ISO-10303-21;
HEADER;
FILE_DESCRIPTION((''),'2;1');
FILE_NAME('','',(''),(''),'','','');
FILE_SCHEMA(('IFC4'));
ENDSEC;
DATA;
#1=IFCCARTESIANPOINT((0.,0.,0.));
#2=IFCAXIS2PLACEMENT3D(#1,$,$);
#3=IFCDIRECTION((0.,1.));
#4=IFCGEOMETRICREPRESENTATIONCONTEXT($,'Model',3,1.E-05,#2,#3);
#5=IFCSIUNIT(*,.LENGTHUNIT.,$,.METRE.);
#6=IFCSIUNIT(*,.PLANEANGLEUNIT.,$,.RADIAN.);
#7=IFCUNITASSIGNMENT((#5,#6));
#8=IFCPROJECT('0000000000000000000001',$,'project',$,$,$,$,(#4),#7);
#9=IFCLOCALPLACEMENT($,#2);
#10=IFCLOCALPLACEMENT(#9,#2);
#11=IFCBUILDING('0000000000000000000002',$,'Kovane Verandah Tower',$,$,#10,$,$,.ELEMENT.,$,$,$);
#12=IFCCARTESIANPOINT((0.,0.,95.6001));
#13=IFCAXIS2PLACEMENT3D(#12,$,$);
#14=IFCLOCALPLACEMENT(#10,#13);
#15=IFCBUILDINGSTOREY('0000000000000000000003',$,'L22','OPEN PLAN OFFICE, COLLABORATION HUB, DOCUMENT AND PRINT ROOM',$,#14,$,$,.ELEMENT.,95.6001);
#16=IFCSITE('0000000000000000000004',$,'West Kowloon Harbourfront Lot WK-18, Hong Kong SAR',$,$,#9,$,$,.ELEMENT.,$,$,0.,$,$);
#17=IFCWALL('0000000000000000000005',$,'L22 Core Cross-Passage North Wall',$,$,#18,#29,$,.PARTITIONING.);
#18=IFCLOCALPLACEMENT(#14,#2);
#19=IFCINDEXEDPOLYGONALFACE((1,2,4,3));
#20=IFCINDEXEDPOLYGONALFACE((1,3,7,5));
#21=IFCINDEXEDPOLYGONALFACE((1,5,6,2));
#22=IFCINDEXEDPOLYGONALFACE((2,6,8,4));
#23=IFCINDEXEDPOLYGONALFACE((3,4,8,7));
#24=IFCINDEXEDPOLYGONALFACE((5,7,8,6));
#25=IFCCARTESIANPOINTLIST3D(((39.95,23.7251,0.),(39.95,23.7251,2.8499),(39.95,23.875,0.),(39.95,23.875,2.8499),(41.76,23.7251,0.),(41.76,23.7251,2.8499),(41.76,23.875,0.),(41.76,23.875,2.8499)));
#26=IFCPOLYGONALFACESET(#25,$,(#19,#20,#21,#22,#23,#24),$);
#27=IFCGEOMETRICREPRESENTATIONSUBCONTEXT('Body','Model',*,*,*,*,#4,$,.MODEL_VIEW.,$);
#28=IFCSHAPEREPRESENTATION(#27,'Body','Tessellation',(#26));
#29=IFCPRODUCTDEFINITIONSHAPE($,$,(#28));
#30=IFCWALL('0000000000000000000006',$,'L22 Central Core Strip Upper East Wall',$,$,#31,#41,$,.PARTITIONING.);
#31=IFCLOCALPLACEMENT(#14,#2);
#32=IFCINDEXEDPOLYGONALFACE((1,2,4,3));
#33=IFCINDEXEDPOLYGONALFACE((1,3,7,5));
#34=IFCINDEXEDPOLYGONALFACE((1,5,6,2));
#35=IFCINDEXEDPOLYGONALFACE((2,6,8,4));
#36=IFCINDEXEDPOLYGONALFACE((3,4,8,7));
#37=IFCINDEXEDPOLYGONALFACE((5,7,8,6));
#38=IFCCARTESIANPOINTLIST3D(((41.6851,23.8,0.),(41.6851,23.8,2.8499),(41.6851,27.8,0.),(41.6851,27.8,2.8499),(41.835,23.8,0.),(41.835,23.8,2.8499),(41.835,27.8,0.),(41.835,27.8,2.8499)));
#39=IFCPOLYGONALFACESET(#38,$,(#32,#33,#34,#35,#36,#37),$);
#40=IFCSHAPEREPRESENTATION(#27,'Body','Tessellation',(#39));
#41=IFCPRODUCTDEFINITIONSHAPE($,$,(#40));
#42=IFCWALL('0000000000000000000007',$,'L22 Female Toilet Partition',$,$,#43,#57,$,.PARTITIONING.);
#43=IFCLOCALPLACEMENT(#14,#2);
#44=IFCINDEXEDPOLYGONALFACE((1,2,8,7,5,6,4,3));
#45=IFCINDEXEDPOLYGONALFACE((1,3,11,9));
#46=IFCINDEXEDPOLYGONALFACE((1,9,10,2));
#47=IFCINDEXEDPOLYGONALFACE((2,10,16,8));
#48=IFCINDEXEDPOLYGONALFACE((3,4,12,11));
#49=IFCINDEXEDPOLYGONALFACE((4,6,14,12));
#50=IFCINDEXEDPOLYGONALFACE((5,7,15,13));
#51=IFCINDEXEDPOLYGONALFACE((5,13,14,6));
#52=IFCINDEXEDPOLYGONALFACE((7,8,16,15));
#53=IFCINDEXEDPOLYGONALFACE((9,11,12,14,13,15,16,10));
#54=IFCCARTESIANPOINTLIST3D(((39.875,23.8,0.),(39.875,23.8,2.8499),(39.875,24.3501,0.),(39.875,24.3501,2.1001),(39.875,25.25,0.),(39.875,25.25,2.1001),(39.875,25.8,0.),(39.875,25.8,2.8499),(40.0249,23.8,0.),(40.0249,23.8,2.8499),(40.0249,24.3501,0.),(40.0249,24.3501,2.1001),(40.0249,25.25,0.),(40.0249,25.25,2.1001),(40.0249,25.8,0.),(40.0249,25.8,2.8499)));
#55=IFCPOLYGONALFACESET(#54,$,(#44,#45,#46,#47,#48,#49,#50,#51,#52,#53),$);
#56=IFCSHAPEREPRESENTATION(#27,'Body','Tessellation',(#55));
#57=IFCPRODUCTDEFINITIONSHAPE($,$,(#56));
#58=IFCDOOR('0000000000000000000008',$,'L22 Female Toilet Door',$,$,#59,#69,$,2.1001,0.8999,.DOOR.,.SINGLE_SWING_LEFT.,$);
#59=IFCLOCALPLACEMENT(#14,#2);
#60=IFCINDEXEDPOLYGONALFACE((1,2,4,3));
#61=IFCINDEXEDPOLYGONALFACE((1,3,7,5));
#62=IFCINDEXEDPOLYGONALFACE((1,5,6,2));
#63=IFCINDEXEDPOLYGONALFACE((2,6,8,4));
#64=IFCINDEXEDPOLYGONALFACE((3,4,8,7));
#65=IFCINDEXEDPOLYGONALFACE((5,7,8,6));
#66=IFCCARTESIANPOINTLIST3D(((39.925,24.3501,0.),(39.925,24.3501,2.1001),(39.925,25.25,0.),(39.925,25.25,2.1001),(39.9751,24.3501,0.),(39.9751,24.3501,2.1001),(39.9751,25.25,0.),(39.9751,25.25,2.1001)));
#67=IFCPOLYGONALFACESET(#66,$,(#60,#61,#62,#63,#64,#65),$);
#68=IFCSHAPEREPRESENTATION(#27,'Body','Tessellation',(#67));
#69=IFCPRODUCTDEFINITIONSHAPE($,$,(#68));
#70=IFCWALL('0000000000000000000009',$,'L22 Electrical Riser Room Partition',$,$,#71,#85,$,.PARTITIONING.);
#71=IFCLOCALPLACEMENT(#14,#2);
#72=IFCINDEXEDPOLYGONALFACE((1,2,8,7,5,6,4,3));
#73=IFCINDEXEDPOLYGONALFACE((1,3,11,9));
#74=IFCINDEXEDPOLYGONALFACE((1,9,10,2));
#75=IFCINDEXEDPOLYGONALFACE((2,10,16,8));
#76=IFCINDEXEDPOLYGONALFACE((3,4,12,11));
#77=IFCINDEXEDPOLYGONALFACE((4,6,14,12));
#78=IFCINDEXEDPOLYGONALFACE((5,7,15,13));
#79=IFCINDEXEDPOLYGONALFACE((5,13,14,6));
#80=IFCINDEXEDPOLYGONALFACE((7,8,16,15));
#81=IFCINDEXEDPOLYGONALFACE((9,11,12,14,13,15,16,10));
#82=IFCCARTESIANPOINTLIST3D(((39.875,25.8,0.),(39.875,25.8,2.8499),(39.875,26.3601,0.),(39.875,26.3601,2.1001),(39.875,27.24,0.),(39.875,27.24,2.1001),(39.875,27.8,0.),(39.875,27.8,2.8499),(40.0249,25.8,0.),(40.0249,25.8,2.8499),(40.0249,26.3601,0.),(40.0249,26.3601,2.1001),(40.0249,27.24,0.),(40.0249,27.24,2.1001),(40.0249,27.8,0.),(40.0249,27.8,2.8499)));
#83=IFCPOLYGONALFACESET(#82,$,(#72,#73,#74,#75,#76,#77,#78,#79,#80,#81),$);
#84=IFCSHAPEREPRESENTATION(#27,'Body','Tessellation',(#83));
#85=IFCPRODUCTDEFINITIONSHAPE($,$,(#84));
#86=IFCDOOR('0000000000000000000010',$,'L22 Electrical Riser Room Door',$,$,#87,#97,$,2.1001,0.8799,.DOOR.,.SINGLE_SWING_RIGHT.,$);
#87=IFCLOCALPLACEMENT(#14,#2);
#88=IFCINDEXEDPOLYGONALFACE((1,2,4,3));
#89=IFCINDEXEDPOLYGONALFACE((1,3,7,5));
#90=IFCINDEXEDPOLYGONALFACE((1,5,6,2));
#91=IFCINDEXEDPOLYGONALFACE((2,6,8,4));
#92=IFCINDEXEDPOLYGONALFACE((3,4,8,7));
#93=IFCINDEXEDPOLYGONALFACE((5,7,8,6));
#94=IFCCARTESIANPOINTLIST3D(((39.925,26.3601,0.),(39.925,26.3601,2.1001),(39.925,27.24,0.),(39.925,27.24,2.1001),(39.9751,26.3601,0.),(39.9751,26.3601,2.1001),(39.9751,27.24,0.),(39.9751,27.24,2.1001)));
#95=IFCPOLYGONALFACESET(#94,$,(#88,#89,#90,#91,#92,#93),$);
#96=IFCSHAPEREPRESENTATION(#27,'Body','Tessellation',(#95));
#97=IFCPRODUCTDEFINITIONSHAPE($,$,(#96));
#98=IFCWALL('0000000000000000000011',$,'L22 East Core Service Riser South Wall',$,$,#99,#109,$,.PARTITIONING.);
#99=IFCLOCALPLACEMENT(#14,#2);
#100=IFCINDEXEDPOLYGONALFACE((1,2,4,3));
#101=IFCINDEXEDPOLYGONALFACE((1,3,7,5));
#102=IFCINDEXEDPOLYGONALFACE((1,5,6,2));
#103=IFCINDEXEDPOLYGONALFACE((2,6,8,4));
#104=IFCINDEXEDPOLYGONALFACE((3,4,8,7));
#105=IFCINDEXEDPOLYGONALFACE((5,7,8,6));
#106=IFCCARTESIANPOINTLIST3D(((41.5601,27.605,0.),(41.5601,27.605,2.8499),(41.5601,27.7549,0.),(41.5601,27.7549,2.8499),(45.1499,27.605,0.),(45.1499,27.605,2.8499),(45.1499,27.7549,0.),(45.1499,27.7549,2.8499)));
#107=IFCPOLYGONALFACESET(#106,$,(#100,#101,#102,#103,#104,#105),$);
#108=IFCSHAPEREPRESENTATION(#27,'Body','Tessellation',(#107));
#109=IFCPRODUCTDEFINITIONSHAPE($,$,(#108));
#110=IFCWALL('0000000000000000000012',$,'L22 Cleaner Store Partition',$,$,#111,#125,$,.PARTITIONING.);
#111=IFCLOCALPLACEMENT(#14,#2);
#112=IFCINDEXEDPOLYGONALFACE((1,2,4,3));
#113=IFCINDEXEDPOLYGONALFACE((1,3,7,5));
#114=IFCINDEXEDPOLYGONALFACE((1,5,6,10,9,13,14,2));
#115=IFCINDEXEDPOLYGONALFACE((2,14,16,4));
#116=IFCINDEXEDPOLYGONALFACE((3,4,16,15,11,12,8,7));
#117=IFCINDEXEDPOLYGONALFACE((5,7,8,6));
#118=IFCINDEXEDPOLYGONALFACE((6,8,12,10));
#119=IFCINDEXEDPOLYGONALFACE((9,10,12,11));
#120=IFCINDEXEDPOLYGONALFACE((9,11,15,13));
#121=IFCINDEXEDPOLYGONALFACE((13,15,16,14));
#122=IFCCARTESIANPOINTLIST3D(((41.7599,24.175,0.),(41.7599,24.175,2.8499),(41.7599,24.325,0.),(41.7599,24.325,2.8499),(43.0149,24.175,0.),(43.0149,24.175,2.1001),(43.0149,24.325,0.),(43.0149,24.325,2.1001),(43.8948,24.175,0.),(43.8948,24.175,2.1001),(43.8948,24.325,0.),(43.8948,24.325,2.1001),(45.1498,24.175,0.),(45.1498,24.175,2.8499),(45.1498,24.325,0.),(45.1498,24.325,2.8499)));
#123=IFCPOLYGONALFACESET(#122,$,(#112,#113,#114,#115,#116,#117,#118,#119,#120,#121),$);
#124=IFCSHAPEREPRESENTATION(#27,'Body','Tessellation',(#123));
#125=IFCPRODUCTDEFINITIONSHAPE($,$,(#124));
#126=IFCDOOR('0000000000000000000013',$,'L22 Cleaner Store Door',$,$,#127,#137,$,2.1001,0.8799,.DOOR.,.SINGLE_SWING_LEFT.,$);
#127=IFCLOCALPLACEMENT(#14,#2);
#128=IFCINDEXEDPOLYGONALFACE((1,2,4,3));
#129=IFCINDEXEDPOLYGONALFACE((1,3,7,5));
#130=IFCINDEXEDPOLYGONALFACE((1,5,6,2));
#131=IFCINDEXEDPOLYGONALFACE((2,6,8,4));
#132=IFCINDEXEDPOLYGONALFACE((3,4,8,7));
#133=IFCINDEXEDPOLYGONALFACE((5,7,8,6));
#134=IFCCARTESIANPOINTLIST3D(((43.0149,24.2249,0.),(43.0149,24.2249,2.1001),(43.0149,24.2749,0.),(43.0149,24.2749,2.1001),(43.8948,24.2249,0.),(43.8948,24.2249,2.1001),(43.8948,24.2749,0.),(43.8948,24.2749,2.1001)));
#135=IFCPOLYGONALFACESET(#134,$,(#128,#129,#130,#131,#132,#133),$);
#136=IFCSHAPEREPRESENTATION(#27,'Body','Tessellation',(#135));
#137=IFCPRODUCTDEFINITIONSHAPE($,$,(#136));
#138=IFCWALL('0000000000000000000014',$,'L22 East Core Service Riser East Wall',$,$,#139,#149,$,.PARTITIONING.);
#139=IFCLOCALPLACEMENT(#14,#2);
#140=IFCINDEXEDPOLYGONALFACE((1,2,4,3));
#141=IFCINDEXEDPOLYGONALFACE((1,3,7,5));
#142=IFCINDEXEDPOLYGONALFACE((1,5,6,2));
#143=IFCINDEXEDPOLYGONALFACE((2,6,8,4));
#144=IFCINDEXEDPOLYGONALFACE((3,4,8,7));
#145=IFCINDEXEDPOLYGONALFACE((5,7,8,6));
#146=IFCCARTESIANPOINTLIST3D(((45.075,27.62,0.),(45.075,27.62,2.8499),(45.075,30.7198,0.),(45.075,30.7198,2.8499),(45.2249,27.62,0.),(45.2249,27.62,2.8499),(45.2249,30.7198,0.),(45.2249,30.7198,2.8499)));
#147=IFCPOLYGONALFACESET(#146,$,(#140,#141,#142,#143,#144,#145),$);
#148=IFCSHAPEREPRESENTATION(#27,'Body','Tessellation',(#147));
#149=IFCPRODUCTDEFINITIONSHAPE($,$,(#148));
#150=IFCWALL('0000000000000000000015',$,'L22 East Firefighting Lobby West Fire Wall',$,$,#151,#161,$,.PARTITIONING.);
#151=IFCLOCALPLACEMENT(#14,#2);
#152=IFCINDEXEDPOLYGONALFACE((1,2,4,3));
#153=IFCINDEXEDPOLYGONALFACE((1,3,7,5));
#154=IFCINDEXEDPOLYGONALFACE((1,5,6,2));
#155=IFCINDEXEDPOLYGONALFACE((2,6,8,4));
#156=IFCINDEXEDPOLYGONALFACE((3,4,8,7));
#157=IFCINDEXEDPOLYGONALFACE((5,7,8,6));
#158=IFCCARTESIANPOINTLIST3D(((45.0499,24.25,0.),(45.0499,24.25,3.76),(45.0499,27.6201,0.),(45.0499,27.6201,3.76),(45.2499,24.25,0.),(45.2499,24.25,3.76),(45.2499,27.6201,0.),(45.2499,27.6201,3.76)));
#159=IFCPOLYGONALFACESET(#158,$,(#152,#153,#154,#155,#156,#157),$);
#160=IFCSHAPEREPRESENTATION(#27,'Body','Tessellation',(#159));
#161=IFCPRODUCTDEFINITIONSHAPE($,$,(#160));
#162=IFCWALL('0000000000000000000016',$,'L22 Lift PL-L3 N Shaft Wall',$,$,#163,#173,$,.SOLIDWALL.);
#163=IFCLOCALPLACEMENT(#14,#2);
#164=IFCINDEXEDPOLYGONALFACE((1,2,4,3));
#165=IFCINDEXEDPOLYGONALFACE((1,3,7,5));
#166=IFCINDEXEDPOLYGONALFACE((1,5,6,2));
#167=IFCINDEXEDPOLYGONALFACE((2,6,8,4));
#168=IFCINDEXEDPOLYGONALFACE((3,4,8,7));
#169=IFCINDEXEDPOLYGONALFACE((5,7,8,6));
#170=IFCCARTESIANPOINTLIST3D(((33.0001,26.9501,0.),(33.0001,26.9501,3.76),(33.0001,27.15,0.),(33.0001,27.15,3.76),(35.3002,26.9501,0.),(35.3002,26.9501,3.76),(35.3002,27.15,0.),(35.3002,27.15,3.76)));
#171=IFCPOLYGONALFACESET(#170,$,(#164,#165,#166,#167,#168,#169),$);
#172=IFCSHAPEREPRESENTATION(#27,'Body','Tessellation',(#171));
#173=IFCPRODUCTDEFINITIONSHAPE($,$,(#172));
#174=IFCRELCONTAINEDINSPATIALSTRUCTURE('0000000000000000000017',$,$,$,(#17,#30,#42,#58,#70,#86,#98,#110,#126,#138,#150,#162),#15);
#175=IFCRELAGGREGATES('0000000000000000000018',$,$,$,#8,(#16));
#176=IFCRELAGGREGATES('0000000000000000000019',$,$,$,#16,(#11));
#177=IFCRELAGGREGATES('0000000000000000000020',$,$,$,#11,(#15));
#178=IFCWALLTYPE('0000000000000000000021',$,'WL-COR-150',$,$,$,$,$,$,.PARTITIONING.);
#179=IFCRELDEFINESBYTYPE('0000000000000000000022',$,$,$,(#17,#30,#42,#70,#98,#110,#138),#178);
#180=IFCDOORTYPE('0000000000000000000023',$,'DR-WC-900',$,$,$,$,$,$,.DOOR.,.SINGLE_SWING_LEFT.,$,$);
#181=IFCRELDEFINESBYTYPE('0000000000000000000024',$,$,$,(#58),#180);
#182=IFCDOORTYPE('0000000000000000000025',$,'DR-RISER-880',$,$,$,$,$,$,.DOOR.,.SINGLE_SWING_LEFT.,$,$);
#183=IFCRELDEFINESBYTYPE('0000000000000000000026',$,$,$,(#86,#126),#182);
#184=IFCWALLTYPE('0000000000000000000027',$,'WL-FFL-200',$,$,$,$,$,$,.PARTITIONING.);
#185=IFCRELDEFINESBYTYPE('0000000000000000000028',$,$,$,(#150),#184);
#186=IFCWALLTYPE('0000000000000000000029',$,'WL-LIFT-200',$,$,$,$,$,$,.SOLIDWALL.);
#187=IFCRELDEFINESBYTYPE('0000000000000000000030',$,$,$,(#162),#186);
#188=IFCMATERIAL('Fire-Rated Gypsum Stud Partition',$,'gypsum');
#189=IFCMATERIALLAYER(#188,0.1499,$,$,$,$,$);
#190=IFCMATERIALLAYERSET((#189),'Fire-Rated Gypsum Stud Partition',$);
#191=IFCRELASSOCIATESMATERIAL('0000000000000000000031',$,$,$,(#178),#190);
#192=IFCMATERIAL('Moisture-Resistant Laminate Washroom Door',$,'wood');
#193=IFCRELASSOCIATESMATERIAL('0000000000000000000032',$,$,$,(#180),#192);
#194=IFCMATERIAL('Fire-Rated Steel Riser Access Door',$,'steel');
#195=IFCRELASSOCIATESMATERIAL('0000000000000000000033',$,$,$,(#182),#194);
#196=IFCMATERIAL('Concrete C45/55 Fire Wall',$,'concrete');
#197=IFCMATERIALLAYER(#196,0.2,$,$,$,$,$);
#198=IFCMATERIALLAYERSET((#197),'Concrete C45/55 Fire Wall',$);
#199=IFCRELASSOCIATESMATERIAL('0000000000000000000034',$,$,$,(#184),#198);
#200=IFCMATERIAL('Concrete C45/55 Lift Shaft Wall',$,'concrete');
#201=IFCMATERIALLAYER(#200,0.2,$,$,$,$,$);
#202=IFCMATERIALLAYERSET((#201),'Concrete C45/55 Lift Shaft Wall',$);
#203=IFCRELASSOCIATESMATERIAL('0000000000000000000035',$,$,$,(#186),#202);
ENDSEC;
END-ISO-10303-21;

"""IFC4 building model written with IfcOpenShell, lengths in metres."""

from ifc_helpers import new_model, si_unit, direction, frame, frame_2d, origin, place, context, subcontext, project, spatial, rectangle, extrude, material, layer, layer_set, type_object, element, fill, save


model = new_model("IFC4")

# Units and contexts
model_context = context("Model", 3, precision=1e-05, world=origin(), true_north=direction((0.0, 1.0)))
body_context = subcontext(model_context, "Body", "Model", "MODEL_VIEW")
ifc_project = project(units=[si_unit("LENGTHUNIT", "METRE"), si_unit("PLANEANGLEUNIT", "RADIAN")], contexts=[model_context])

# Site, building, storey
site_placement = place(None, origin())
site = spatial("IfcSite", under=ifc_project, at=site_placement, Name="West Kowloon Harbourfront Lot WK-18, Hong Kong SAR", CompositionType="ELEMENT", RefElevation=0.0)
building_placement = place(site_placement, origin())
building = spatial("IfcBuilding", under=site, at=building_placement, Name="Kovane Verandah Tower", CompositionType="ELEMENT")
storey_placement = place(building_placement, frame((0.0, 0.0, 95.6001)))
storey = spatial("IfcBuildingStorey", under=building, at=storey_placement, Name="L22", Description="OPEN PLAN OFFICE, COLLABORATION HUB, DOCUMENT AND PRINT ROOM", CompositionType="ELEMENT", Elevation=95.6001)

# Walls
ifc_material_1 = material(Name="Fire-Rated Gypsum Stud Partition", Category="gypsum")
ifc_layer_1 = layer(ifc_material_1, 0.1499)
ifc_layer_set_1 = layer_set([ifc_layer_1], Name="Fire-Rated Gypsum Stud Partition")
wall_type_1 = type_object("IfcWallType", Name="WL-COR-150", PredefinedType="PARTITIONING", material=ifc_layer_set_1)
wall_1_placement = place(storey_placement, frame((39.95, 23.8, 0.0), z_axis=(0.0, 0.0, 1.0), x_axis=(1.0, 0.0, 0.0)))
element("IfcWall", 1, at=wall_1_placement, inside=storey, type_object=wall_type_1, Name="L22 Core Cross-Passage North Wall", PredefinedType="PARTITIONING", context=body_context, shape_type="SweptSolid", body=[
    extrude(rectangle(XDim=1.8101, YDim=0.1499, at=frame_2d((0.905, 0.0))), origin(), (0.0, 0.0, 1.0), 2.8499),
])
wall_2_placement = place(storey_placement, frame((41.76, 23.8, 0.0), z_axis=(0.0, 0.0, 1.0), x_axis=(0.0, 1.0, 0.0)))
element("IfcWall", 2, at=wall_2_placement, inside=storey, type_object=wall_type_1, Name="L22 Central Core Strip Upper East Wall", PredefinedType="PARTITIONING", context=body_context, shape_type="SweptSolid", body=[
    extrude(rectangle(XDim=4.0, YDim=0.1499, at=frame_2d((2.0, 0.0))), origin(), (0.0, 0.0, 1.0), 2.8499),
])

# Walls, openings, doors
wall_3_placement = place(storey_placement, frame((39.95, 23.8, 0.0), z_axis=(0.0, 0.0, 1.0), x_axis=(0.0, 1.0, 0.0)))
wall_3 = element("IfcWall", 3, at=wall_3_placement, inside=storey, type_object=wall_type_1, Name="L22 Female Toilet Partition", PredefinedType="PARTITIONING", context=body_context, shape_type="SweptSolid", body=[
    extrude(rectangle(XDim=2.0, YDim=0.1499, at=frame_2d((1.0, 0.0))), origin(), (0.0, 0.0, 1.0), 2.8499),
])
opening_1_placement = place(wall_3_placement, frame((0.55, 0.0, 0.0)))
opening_1 = element("IfcOpeningElement", 4, at=opening_1_placement, cuts=wall_3, PredefinedType="OPENING", context=body_context, shape_type="SweptSolid", body=[
    extrude(rectangle(XDim=0.8999, YDim=2.1001, at=frame_2d((0.45, 1.05))), frame((0.0, 0.075, 0.0), z_axis=(0.0, -1.0, 0.0), x_axis=(1.0, 0.0, 0.0)), (0.0, 0.0, 1.0), 0.1499),
])
ifc_material_2 = material(Name="Moisture-Resistant Laminate Washroom Door", Category="wood")
door_type_1 = type_object("IfcDoorType", Name="DR-WC-900", OperationType="SINGLE_SWING_LEFT", PredefinedType="DOOR", material=ifc_material_2)
door_1_placement = place(opening_1_placement, origin())
door_1 = element("IfcDoor", 5, at=door_1_placement, inside=storey, type_object=door_type_1, Name="L22 Female Toilet Door", OperationType="SINGLE_SWING_LEFT", OverallHeight=2.1001, OverallWidth=0.8999, PredefinedType="DOOR", context=body_context, shape_type="SweptSolid", body=[
    extrude(rectangle(XDim=0.8999, YDim=2.1001, at=frame_2d((0.45, 1.05))), frame((0.0, 0.0249, 0.0), z_axis=(0.0, -1.0, 0.0), x_axis=(1.0, 0.0, 0.0)), (0.0, 0.0, 1.0), 0.05),
])
fill(opening_1, door_1)
wall_4_placement = place(storey_placement, frame((39.95, 25.8, 0.0), z_axis=(0.0, 0.0, 1.0), x_axis=(0.0, 1.0, 0.0)))
wall_4 = element("IfcWall", 6, at=wall_4_placement, inside=storey, type_object=wall_type_1, Name="L22 Electrical Riser Room Partition", PredefinedType="PARTITIONING", context=body_context, shape_type="SweptSolid", body=[
    extrude(rectangle(XDim=2.0, YDim=0.1499, at=frame_2d((1.0, 0.0))), origin(), (0.0, 0.0, 1.0), 2.8499),
])
opening_2_placement = place(wall_4_placement, frame((0.5601, 0.0, 0.0)))
opening_2 = element("IfcOpeningElement", 7, at=opening_2_placement, cuts=wall_4, PredefinedType="OPENING", context=body_context, shape_type="SweptSolid", body=[
    extrude(rectangle(XDim=0.8799, YDim=2.1001, at=frame_2d((0.4399, 1.05))), frame((0.0, 0.075, 0.0), z_axis=(0.0, -1.0, 0.0), x_axis=(1.0, 0.0, 0.0)), (0.0, 0.0, 1.0), 0.1499),
])
ifc_material_3 = material(Name="Fire-Rated Steel Riser Access Door", Category="steel")
door_type_2 = type_object("IfcDoorType", Name="DR-RISER-880", OperationType="SINGLE_SWING_LEFT", PredefinedType="DOOR", material=ifc_material_3)
door_2_placement = place(opening_2_placement, origin())
door_2 = element("IfcDoor", 8, at=door_2_placement, inside=storey, type_object=door_type_2, Name="L22 Electrical Riser Room Door", OperationType="SINGLE_SWING_RIGHT", OverallHeight=2.1001, OverallWidth=0.8799, PredefinedType="DOOR", context=body_context, shape_type="SweptSolid", body=[
    extrude(rectangle(XDim=0.8799, YDim=2.1001, at=frame_2d((0.4399, 1.05))), frame((0.0, 0.0249, 0.0), z_axis=(0.0, -1.0, 0.0), x_axis=(1.0, 0.0, 0.0)), (0.0, 0.0, 1.0), 0.05),
])
fill(opening_2, door_2)

# Wall
wall_5_placement = place(storey_placement, frame((41.5601, 27.6799, 0.0), z_axis=(0.0, 0.0, 1.0), x_axis=(1.0, 0.0, 0.0)))
element("IfcWall", 9, at=wall_5_placement, inside=storey, type_object=wall_type_1, Name="L22 East Core Service Riser South Wall", PredefinedType="PARTITIONING", context=body_context, shape_type="SweptSolid", body=[
    extrude(rectangle(XDim=3.5898, YDim=0.1499, at=frame_2d((1.7949, 0.0))), origin(), (0.0, 0.0, 1.0), 2.8499),
])

# Wall, opening, door
wall_6_placement = place(storey_placement, frame((41.76, 24.25, 0.0), z_axis=(0.0, 0.0, 1.0), x_axis=(1.0, 0.0, 0.0)))
wall_6 = element("IfcWall", 10, at=wall_6_placement, inside=storey, type_object=wall_type_1, Name="L22 Cleaner Store Partition", PredefinedType="PARTITIONING", context=body_context, shape_type="SweptSolid", body=[
    extrude(rectangle(XDim=3.3899, YDim=0.1499, at=frame_2d((1.6948, 0.0))), origin(), (0.0, 0.0, 1.0), 2.8499),
])
opening_3_placement = place(wall_6_placement, frame((1.2549, 0.0, 0.0)))
opening_3 = element("IfcOpeningElement", 11, at=opening_3_placement, cuts=wall_6, PredefinedType="OPENING", context=body_context, shape_type="SweptSolid", body=[
    extrude(rectangle(XDim=0.8799, YDim=2.1001, at=frame_2d((0.4399, 1.05))), frame((0.0, 0.075, 0.0), z_axis=(0.0, -1.0, 0.0), x_axis=(1.0, 0.0, 0.0)), (0.0, 0.0, 1.0), 0.1499),
])
door_3_placement = place(opening_3_placement, origin())
door_3 = element("IfcDoor", 12, at=door_3_placement, inside=storey, type_object=door_type_2, Name="L22 Cleaner Store Door", OperationType="SINGLE_SWING_LEFT", OverallHeight=2.1001, OverallWidth=0.8799, PredefinedType="DOOR", context=body_context, shape_type="SweptSolid", body=[
    extrude(rectangle(XDim=0.8799, YDim=2.1001, at=frame_2d((0.4399, 1.05))), frame((0.0, 0.0249, 0.0), z_axis=(0.0, -1.0, 0.0), x_axis=(1.0, 0.0, 0.0)), (0.0, 0.0, 1.0), 0.05),
])
fill(opening_3, door_3)

# Wall
wall_7_placement = place(storey_placement, frame((45.1499, 27.6201, 0.0), z_axis=(0.0, 0.0, 1.0), x_axis=(0.0, 1.0, 0.0)))
element("IfcWall", 13, at=wall_7_placement, inside=storey, type_object=wall_type_1, Name="L22 East Core Service Riser East Wall", PredefinedType="PARTITIONING", context=body_context, shape_type="SweptSolid", body=[
    extrude(rectangle(XDim=3.0999, YDim=0.1499, at=frame_2d((1.5498, 0.0))), origin(), (0.0, 0.0, 1.0), 2.8499),
])

# Shared definitions
ifc_material_4 = material(Name="Concrete C45/55 Fire Wall", Category="concrete")
ifc_layer_2 = layer(ifc_material_4, 0.2)
ifc_layer_set_2 = layer_set([ifc_layer_2], Name="Concrete C45/55 Fire Wall")
wall_type_2 = type_object("IfcWallType", Name="WL-FFL-200", PredefinedType="PARTITIONING", material=ifc_layer_set_2)

# Wall
wall_8_placement = place(storey_placement, frame((45.1499, 24.25, 0.0), z_axis=(0.0, 0.0, 1.0), x_axis=(0.0, 1.0, 0.0)))
element("IfcWall", 14, at=wall_8_placement, inside=storey, type_object=wall_type_2, Name="L22 East Firefighting Lobby West Fire Wall", PredefinedType="PARTITIONING", context=body_context, shape_type="SweptSolid", body=[
    extrude(rectangle(XDim=3.3701, YDim=0.2, at=frame_2d((1.6851, 0.0))), origin(), (0.0, 0.0, 1.0), 3.76),
])

# Wall
ifc_material_5 = material(Name="Concrete C45/55 Lift Shaft Wall", Category="concrete")
ifc_layer_3 = layer(ifc_material_5, 0.2)
ifc_layer_set_3 = layer_set([ifc_layer_3], Name="Concrete C45/55 Lift Shaft Wall")
wall_type_3 = type_object("IfcWallType", Name="WL-LIFT-200", PredefinedType="SOLIDWALL", material=ifc_layer_set_3)
wall_9_placement = place(storey_placement, frame((35.3, 27.05, 0.0), z_axis=(0.0, 0.0, 1.0), x_axis=(-1.0, 0.0, 0.0)))
element("IfcWall", 15, at=wall_9_placement, inside=storey, type_object=wall_type_3, Name="L22 Lift PL-L3 N Shaft Wall", PredefinedType="SOLIDWALL", context=body_context, shape_type="SweptSolid", body=[
    extrude(rectangle(XDim=2.3, YDim=0.2, at=frame_2d((1.1499, 0.0))), origin(), (0.0, 0.0, 1.0), 3.76),
])

save(model, "model.ifc")
